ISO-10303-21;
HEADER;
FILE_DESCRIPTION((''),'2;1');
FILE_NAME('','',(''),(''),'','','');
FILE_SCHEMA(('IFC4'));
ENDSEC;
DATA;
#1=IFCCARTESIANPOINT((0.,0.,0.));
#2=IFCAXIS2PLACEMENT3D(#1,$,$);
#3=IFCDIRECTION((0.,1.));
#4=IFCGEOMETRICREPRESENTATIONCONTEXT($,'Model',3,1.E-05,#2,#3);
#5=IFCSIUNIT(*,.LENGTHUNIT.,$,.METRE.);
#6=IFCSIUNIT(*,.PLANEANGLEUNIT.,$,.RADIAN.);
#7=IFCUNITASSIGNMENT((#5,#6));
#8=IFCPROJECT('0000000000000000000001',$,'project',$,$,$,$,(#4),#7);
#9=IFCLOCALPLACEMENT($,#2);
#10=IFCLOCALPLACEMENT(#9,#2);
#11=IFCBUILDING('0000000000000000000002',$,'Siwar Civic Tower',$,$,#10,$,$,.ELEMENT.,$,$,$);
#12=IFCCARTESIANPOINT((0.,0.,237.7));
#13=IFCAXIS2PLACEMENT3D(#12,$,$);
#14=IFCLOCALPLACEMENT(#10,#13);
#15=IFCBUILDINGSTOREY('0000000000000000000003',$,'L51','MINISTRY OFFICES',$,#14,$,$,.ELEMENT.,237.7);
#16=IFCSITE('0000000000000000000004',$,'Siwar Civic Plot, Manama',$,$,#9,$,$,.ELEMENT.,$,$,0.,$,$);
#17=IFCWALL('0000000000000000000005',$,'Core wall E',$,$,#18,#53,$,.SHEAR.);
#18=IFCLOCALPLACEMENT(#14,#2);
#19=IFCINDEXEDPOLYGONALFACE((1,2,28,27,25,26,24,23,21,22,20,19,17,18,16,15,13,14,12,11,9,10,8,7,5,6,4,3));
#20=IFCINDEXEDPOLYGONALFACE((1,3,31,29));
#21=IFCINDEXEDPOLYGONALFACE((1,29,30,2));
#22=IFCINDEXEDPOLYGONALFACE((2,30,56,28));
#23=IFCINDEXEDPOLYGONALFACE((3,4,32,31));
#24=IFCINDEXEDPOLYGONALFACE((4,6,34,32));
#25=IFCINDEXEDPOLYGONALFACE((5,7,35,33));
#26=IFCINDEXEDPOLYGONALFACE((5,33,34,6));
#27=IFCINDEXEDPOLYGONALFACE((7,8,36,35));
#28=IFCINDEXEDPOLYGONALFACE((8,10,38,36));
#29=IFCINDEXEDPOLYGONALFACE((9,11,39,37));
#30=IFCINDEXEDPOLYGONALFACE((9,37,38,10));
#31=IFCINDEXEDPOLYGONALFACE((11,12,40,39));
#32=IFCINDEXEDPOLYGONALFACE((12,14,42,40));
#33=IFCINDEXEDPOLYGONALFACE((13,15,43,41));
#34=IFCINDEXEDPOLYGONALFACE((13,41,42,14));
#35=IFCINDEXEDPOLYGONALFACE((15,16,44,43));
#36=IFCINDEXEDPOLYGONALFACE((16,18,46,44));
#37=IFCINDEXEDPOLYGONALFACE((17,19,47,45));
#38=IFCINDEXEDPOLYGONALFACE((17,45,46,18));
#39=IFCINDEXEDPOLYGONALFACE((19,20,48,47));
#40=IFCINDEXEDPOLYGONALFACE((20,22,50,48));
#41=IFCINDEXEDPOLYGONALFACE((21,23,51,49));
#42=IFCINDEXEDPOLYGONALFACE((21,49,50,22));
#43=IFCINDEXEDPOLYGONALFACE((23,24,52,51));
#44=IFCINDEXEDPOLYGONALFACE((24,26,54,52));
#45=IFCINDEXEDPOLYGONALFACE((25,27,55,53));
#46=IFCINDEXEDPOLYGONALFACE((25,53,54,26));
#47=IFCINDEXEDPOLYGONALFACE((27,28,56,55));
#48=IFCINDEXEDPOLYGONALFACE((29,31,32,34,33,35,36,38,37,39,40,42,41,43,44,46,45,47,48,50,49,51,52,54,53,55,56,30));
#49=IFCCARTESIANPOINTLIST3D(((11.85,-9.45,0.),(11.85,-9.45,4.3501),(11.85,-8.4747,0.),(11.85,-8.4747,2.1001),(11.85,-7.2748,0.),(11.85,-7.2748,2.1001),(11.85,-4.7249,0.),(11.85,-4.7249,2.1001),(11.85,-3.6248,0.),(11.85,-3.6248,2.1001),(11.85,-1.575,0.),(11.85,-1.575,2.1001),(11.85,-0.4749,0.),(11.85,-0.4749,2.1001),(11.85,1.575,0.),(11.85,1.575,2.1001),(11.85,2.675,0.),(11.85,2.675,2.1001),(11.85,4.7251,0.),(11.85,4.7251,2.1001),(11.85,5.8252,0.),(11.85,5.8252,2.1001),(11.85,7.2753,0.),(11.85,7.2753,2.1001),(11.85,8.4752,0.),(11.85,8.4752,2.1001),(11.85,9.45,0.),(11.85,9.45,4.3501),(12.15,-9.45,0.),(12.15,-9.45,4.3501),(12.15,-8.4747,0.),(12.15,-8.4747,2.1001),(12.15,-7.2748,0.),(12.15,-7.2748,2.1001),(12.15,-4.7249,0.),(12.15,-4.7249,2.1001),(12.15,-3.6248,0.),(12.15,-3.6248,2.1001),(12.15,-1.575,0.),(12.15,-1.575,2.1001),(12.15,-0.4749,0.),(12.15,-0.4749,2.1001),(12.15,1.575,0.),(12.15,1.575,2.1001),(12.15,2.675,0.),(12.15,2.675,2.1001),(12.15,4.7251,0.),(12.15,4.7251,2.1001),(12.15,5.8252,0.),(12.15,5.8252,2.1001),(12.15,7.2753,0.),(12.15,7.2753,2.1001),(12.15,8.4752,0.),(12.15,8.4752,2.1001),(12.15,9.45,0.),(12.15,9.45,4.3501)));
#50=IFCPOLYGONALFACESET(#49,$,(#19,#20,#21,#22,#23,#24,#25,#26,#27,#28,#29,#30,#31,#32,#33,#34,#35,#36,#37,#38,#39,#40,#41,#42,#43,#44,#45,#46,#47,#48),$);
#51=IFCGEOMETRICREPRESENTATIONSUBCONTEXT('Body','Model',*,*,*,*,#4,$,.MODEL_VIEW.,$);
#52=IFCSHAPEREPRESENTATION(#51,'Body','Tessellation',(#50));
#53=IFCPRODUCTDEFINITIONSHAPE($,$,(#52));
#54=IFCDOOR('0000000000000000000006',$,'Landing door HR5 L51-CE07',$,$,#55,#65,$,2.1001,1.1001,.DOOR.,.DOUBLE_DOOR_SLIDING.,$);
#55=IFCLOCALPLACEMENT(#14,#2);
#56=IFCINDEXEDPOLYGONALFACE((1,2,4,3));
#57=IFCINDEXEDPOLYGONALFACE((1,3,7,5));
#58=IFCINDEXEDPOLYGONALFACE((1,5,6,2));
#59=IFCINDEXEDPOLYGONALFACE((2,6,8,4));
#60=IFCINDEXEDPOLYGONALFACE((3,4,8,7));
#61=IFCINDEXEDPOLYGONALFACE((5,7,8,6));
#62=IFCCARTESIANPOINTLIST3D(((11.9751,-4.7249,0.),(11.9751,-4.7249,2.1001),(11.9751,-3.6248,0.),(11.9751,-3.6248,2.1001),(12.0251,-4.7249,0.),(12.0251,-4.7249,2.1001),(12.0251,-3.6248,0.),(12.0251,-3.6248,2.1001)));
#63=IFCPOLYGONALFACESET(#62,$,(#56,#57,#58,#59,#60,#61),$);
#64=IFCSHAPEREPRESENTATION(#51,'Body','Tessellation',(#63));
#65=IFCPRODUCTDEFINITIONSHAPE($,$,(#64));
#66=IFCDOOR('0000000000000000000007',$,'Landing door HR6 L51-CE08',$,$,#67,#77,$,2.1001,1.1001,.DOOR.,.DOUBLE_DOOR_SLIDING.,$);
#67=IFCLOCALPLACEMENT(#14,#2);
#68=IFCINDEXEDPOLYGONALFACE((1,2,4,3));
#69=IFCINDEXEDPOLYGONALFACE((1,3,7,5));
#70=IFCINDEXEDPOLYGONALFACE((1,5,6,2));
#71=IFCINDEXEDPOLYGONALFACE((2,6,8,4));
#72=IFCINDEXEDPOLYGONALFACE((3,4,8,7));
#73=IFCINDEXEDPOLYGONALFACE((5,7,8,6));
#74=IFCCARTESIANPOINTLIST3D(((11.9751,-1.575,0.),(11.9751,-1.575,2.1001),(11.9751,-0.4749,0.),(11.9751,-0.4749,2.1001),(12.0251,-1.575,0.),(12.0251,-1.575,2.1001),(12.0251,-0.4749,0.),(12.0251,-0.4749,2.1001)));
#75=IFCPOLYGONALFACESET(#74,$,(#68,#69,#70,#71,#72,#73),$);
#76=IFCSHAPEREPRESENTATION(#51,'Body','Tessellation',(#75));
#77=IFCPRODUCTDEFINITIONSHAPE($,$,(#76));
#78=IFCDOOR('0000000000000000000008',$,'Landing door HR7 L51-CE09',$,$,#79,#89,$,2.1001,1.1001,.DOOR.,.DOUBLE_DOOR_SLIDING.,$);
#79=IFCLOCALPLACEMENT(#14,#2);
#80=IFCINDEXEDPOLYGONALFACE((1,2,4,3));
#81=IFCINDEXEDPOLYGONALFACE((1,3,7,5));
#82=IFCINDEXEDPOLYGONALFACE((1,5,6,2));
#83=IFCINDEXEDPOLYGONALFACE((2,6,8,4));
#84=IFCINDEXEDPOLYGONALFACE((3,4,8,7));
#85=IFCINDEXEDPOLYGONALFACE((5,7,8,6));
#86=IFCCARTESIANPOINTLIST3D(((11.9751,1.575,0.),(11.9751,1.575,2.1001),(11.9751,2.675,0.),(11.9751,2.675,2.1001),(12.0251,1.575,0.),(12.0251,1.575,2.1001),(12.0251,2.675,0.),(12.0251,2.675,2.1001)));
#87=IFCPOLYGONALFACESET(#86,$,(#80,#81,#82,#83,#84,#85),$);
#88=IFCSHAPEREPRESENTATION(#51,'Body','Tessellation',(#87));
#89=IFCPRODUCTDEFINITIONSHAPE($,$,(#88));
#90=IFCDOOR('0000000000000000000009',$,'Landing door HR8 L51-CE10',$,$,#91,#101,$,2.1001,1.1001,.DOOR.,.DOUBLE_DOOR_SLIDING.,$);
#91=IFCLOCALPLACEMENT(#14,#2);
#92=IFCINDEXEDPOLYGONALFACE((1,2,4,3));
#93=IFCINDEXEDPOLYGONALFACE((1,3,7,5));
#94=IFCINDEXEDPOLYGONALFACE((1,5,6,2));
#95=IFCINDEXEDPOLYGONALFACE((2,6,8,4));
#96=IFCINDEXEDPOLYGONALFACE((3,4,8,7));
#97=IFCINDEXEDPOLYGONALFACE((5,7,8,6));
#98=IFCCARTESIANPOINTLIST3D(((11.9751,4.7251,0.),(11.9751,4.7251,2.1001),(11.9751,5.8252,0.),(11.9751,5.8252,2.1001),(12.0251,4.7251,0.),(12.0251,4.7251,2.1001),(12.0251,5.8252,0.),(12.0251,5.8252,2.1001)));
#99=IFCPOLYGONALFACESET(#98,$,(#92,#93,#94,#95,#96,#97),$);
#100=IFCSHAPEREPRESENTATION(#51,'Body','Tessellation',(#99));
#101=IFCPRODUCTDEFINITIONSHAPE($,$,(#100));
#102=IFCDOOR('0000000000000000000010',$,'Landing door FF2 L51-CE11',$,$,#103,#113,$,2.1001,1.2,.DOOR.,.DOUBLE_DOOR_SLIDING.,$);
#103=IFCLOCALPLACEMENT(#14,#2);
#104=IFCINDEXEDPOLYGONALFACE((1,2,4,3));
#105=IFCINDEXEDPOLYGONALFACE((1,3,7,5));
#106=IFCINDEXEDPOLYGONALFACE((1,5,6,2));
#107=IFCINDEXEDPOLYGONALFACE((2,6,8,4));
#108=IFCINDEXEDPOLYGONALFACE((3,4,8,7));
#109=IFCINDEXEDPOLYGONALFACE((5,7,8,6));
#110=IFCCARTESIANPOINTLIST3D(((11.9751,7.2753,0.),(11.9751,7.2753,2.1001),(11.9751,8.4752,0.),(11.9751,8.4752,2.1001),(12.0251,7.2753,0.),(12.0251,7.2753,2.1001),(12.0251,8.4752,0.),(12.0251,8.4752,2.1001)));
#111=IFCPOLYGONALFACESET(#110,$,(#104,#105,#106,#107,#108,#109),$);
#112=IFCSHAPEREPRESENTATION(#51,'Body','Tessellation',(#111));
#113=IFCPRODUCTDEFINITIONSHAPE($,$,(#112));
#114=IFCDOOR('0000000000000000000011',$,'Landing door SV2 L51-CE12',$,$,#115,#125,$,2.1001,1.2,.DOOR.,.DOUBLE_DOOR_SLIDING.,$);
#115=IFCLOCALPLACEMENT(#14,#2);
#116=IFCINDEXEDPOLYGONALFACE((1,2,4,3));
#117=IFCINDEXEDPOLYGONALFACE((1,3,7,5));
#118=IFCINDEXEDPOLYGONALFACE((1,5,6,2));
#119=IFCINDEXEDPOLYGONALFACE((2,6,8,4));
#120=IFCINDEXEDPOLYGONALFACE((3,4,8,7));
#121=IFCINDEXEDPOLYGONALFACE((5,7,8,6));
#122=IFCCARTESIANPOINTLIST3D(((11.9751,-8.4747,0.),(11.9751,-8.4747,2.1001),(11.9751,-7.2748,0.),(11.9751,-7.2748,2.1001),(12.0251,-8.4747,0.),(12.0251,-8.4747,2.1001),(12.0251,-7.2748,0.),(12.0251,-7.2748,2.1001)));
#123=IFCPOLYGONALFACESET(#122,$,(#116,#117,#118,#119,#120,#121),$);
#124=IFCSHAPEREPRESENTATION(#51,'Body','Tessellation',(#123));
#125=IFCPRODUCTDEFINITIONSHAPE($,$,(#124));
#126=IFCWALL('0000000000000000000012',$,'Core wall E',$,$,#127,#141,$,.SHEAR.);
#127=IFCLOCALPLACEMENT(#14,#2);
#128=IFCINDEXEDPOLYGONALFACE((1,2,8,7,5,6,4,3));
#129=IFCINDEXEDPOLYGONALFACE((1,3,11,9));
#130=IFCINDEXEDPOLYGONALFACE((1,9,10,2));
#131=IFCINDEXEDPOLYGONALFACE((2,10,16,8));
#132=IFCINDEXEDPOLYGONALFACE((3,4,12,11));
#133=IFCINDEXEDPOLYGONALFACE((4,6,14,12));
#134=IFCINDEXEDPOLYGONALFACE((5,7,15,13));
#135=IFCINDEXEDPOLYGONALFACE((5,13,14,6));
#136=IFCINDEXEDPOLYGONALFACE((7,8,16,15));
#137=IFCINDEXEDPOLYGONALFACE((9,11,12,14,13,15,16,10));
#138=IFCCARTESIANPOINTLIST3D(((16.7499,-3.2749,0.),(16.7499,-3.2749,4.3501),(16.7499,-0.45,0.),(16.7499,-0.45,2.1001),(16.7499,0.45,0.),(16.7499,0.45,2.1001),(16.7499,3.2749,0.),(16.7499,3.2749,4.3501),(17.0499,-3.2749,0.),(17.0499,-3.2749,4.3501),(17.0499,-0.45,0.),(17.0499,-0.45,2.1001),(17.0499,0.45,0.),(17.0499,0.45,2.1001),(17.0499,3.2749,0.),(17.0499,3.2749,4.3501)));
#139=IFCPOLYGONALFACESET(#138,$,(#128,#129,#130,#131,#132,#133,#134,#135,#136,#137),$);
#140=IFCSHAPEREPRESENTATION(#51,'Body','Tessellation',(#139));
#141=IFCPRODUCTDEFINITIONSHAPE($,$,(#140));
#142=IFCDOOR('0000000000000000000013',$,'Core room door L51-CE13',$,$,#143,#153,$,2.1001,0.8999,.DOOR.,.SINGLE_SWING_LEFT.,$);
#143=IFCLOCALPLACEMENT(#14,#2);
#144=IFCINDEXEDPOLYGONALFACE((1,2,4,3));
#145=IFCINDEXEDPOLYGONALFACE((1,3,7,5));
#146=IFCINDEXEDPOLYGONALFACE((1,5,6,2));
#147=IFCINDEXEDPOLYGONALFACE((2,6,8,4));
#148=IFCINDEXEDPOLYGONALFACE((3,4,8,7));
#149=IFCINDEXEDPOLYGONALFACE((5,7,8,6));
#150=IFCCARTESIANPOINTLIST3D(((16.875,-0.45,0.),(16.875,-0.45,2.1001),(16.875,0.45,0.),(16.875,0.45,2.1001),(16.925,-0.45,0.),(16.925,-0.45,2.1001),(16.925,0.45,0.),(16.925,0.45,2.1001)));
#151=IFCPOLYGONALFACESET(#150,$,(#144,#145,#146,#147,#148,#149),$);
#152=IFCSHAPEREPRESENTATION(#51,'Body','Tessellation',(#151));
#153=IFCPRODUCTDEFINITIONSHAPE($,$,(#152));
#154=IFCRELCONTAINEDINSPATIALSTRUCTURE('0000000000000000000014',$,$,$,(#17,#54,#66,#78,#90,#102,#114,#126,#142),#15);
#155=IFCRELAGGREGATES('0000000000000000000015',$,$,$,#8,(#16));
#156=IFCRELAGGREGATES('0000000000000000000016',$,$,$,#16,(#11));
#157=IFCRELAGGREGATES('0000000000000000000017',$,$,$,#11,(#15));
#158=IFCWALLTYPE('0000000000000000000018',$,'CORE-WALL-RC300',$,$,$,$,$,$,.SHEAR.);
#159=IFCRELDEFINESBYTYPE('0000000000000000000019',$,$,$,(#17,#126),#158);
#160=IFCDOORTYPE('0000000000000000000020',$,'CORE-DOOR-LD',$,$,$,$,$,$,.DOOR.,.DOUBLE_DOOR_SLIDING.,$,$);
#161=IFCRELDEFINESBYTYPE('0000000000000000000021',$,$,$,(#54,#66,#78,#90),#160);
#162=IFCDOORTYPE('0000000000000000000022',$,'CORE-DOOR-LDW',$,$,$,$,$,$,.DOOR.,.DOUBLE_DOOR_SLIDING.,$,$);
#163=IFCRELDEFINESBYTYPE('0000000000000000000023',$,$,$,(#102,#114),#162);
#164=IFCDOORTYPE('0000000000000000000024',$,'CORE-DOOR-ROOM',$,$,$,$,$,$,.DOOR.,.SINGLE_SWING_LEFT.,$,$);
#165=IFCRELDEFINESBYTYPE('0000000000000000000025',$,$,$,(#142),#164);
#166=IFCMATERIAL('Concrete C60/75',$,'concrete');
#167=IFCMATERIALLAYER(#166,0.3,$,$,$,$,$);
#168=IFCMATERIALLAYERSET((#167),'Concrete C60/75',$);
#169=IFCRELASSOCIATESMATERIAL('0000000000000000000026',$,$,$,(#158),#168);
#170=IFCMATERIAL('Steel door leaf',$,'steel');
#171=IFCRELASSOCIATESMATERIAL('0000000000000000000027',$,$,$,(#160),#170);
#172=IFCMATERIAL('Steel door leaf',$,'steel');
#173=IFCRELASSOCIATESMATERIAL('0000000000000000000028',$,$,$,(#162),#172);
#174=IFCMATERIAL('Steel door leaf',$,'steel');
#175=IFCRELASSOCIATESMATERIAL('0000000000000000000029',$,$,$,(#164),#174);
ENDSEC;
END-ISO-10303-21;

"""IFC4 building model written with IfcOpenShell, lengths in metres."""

from ifc_helpers import new_model, si_unit, direction, frame, frame_2d, origin, place, context, subcontext, project, spatial, rectangle, extrude, material, layer, layer_set, type_object, element, fill, save


model = new_model("IFC4")

# Units and contexts
model_context = context("Model", 3, precision=1e-05, world=origin(), true_north=direction((0.0, 1.0)))
body_context = subcontext(model_context, "Body", "Model", "MODEL_VIEW")
ifc_project = project(units=[si_unit("LENGTHUNIT", "METRE"), si_unit("PLANEANGLEUNIT", "RADIAN")], contexts=[model_context])

# Site, building, storey
site_placement = place(None, origin())
site = spatial("IfcSite", under=ifc_project, at=site_placement, Name="Siwar Civic Plot, Manama", CompositionType="ELEMENT", RefElevation=0.0)
building_placement = place(site_placement, origin())
building = spatial("IfcBuilding", under=site, at=building_placement, Name="Siwar Civic Tower", CompositionType="ELEMENT")
storey_placement = place(building_placement, frame((0.0, 0.0, 237.7)))
storey = spatial("IfcBuildingStorey", under=building, at=storey_placement, Name="L51", Description="MINISTRY OFFICES", CompositionType="ELEMENT", Elevation=237.7)

# Wall, openings, doors
ifc_material_1 = material(Name="Concrete C60/75", Category="concrete")
ifc_layer_1 = layer(ifc_material_1, 0.3)
ifc_layer_set_1 = layer_set([ifc_layer_1], Name="Concrete C60/75")
wall_type_1 = type_object("IfcWallType", Name="CORE-WALL-RC300", PredefinedType="SHEAR", material=ifc_layer_set_1)
wall_1_placement = place(storey_placement, frame((12.0, -9.45, 0.0), z_axis=(0.0, 0.0, 1.0), x_axis=(0.0, 1.0, 0.0)))
wall_1 = element("IfcWall", 1, at=wall_1_placement, inside=storey, type_object=wall_type_1, Name="Core wall E", PredefinedType="SHEAR", context=body_context, shape_type="SweptSolid", body=[
    extrude(rectangle(XDim=18.8999, YDim=0.3, at=frame_2d((9.45, 0.0))), origin(), (0.0, 0.0, 1.0), 4.3501),
])
opening_1_placement = place(wall_1_placement, frame((4.7251, 0.0, 0.0)))
opening_1 = element("IfcOpeningElement", 2, at=opening_1_placement, cuts=wall_1, PredefinedType="OPENING", context=body_context, shape_type="SweptSolid", body=[
    extrude(rectangle(XDim=1.1001, YDim=2.1001, at=frame_2d((0.55, 1.05))), frame((0.0, 0.1602, 0.0), z_axis=(0.0, -1.0, 0.0), x_axis=(1.0, 0.0, 0.0)), (0.0, 0.0, 1.0), 0.3201),
])
opening_2_placement = place(wall_1_placement, frame((7.875, 0.0, 0.0)))
opening_2 = element("IfcOpeningElement", 3, at=opening_2_placement, cuts=wall_1, PredefinedType="OPENING", context=body_context, shape_type="SweptSolid", body=[
    extrude(rectangle(XDim=1.1001, YDim=2.1001, at=frame_2d((0.55, 1.05))), frame((0.0, 0.1602, 0.0), z_axis=(0.0, -1.0, 0.0), x_axis=(1.0, 0.0, 0.0)), (0.0, 0.0, 1.0), 0.3201),
])
opening_3_placement = place(wall_1_placement, frame((11.0249, 0.0, 0.0)))
opening_3 = element("IfcOpeningElement", 4, at=opening_3_placement, cuts=wall_1, PredefinedType="OPENING", context=body_context, shape_type="SweptSolid", body=[
    extrude(rectangle(XDim=1.1001, YDim=2.1001, at=frame_2d((0.55, 1.05))), frame((0.0, 0.1602, 0.0), z_axis=(0.0, -1.0, 0.0), x_axis=(1.0, 0.0, 0.0)), (0.0, 0.0, 1.0), 0.3201),
])
opening_4_placement = place(wall_1_placement, frame((14.175, 0.0, 0.0)))
opening_4 = element("IfcOpeningElement", 5, at=opening_4_placement, cuts=wall_1, PredefinedType="OPENING", context=body_context, shape_type="SweptSolid", body=[
    extrude(rectangle(XDim=1.1001, YDim=2.1001, at=frame_2d((0.55, 1.05))), frame((0.0, 0.1602, 0.0), z_axis=(0.0, -1.0, 0.0), x_axis=(1.0, 0.0, 0.0)), (0.0, 0.0, 1.0), 0.3201),
])
opening_5_placement = place(wall_1_placement, frame((16.7251, 0.0, 0.0)))
opening_5 = element("IfcOpeningElement", 6, at=opening_5_placement, cuts=wall_1, PredefinedType="OPENING", context=body_context, shape_type="SweptSolid", body=[
    extrude(rectangle(XDim=1.2, YDim=2.1001, at=frame_2d((0.6001, 1.05))), frame((0.0, 0.1602, 0.0), z_axis=(0.0, -1.0, 0.0), x_axis=(1.0, 0.0, 0.0)), (0.0, 0.0, 1.0), 0.3201),
])
opening_6_placement = place(wall_1_placement, frame((0.9751, 0.0, 0.0)))
opening_6 = element("IfcOpeningElement", 7, at=opening_6_placement, cuts=wall_1, PredefinedType="OPENING", context=body_context, shape_type="SweptSolid", body=[
    extrude(rectangle(XDim=1.2, YDim=2.1001, at=frame_2d((0.6001, 1.05))), frame((0.0, 0.1602, 0.0), z_axis=(0.0, -1.0, 0.0), x_axis=(1.0, 0.0, 0.0)), (0.0, 0.0, 1.0), 0.3201),
])
ifc_material_2 = material(Name="Steel door leaf", Category="steel")
door_type_1 = type_object("IfcDoorType", Name="CORE-DOOR-LD", OperationType="DOUBLE_DOOR_SLIDING", PredefinedType="DOOR", material=ifc_material_2)
door_1_placement = place(opening_1_placement, origin())
door_1 = element("IfcDoor", 8, at=door_1_placement, inside=storey, type_object=door_type_1, Name="Landing door HR5 L51-CE07", OperationType="DOUBLE_DOOR_SLIDING", OverallHeight=2.1001, OverallWidth=1.1001, PredefinedType="DOOR", context=body_context, shape_type="SweptSolid", body=[
    extrude(rectangle(XDim=1.1001, YDim=2.1001, at=frame_2d((0.55, 1.05))), frame((0.0, 0.0249, 0.0), z_axis=(0.0, -1.0, 0.0), x_axis=(1.0, 0.0, 0.0)), (0.0, 0.0, 1.0), 0.05),
])
fill(opening_1, door_1)
door_2_placement = place(opening_2_placement, origin())
door_2 = element("IfcDoor", 9, at=door_2_placement, inside=storey, type_object=door_type_1, Name="Landing door HR6 L51-CE08", OperationType="DOUBLE_DOOR_SLIDING", OverallHeight=2.1001, OverallWidth=1.1001, PredefinedType="DOOR", context=body_context, shape_type="SweptSolid", body=[
    extrude(rectangle(XDim=1.1001, YDim=2.1001, at=frame_2d((0.55, 1.05))), frame((0.0, 0.0249, 0.0), z_axis=(0.0, -1.0, 0.0), x_axis=(1.0, 0.0, 0.0)), (0.0, 0.0, 1.0), 0.05),
])
fill(opening_2, door_2)
door_3_placement = place(opening_3_placement, origin())
door_3 = element("IfcDoor", 10, at=door_3_placement, inside=storey, type_object=door_type_1, Name="Landing door HR7 L51-CE09", OperationType="DOUBLE_DOOR_SLIDING", OverallHeight=2.1001, OverallWidth=1.1001, PredefinedType="DOOR", context=body_context, shape_type="SweptSolid", body=[
    extrude(rectangle(XDim=1.1001, YDim=2.1001, at=frame_2d((0.55, 1.05))), frame((0.0, 0.0249, 0.0), z_axis=(0.0, -1.0, 0.0), x_axis=(1.0, 0.0, 0.0)), (0.0, 0.0, 1.0), 0.05),
])
fill(opening_3, door_3)
door_4_placement = place(opening_4_placement, origin())
door_4 = element("IfcDoor", 11, at=door_4_placement, inside=storey, type_object=door_type_1, Name="Landing door HR8 L51-CE10", OperationType="DOUBLE_DOOR_SLIDING", OverallHeight=2.1001, OverallWidth=1.1001, PredefinedType="DOOR", context=body_context, shape_type="SweptSolid", body=[
    extrude(rectangle(XDim=1.1001, YDim=2.1001, at=frame_2d((0.55, 1.05))), frame((0.0, 0.0249, 0.0), z_axis=(0.0, -1.0, 0.0), x_axis=(1.0, 0.0, 0.0)), (0.0, 0.0, 1.0), 0.05),
])
fill(opening_4, door_4)
ifc_material_3 = material(Name="Steel door leaf", Category="steel")
door_type_2 = type_object("IfcDoorType", Name="CORE-DOOR-LDW", OperationType="DOUBLE_DOOR_SLIDING", PredefinedType="DOOR", material=ifc_material_3)
door_5_placement = place(opening_5_placement, origin())
door_5 = element("IfcDoor", 12, at=door_5_placement, inside=storey, type_object=door_type_2, Name="Landing door FF2 L51-CE11", OperationType="DOUBLE_DOOR_SLIDING", OverallHeight=2.1001, OverallWidth=1.2, PredefinedType="DOOR", context=body_context, shape_type="SweptSolid", body=[
    extrude(rectangle(XDim=1.2, YDim=2.1001, at=frame_2d((0.6001, 1.05))), frame((0.0, 0.0249, 0.0), z_axis=(0.0, -1.0, 0.0), x_axis=(1.0, 0.0, 0.0)), (0.0, 0.0, 1.0), 0.05),
])
fill(opening_5, door_5)
door_6_placement = place(opening_6_placement, origin())
door_6 = element("IfcDoor", 13, at=door_6_placement, inside=storey, type_object=door_type_2, Name="Landing door SV2 L51-CE12", OperationType="DOUBLE_DOOR_SLIDING", OverallHeight=2.1001, OverallWidth=1.2, PredefinedType="DOOR", context=body_context, shape_type="SweptSolid", body=[
    extrude(rectangle(XDim=1.2, YDim=2.1001, at=frame_2d((0.6001, 1.05))), frame((0.0, 0.0249, 0.0), z_axis=(0.0, -1.0, 0.0), x_axis=(1.0, 0.0, 0.0)), (0.0, 0.0, 1.0), 0.05),
])
fill(opening_6, door_6)

# Wall, opening, door
wall_2_placement = place(storey_placement, frame((16.8999, -3.2749, 0.0), z_axis=(0.0, 0.0, 1.0), x_axis=(0.0, 1.0, 0.0)))
wall_2 = element("IfcWall", 14, at=wall_2_placement, inside=storey, type_object=wall_type_1, Name="Core wall E", PredefinedType="SHEAR", context=body_context, shape_type="SweptSolid", body=[
    extrude(rectangle(XDim=6.5498, YDim=0.3, at=frame_2d((3.2749, 0.0))), origin(), (0.0, 0.0, 1.0), 4.3501),
])
opening_7_placement = place(wall_2_placement, frame((2.825, 0.0, 0.0)))
opening_7 = element("IfcOpeningElement", 15, at=opening_7_placement, cuts=wall_2, PredefinedType="OPENING", context=body_context, shape_type="SweptSolid", body=[
    extrude(rectangle(XDim=0.8999, YDim=2.1001, at=frame_2d((0.45, 1.05))), frame((0.0, 0.1602, 0.0), z_axis=(0.0, -1.0, 0.0), x_axis=(1.0, 0.0, 0.0)), (0.0, 0.0, 1.0), 0.3201),
])
ifc_material_4 = material(Name="Steel door leaf", Category="steel")
door_type_3 = type_object("IfcDoorType", Name="CORE-DOOR-ROOM", OperationType="SINGLE_SWING_LEFT", PredefinedType="DOOR", material=ifc_material_4)
door_7_placement = place(opening_7_placement, origin())
door_7 = element("IfcDoor", 16, at=door_7_placement, inside=storey, type_object=door_type_3, Name="Core room door L51-CE13", OperationType="SINGLE_SWING_LEFT", OverallHeight=2.1001, OverallWidth=0.8999, PredefinedType="DOOR", context=body_context, shape_type="SweptSolid", body=[
    extrude(rectangle(XDim=0.8999, YDim=2.1001, at=frame_2d((0.45, 1.05))), frame((0.0, 0.0249, 0.0), z_axis=(0.0, -1.0, 0.0), x_axis=(1.0, 0.0, 0.0)), (0.0, 0.0, 1.0), 0.05),
])
fill(opening_7, door_7)

save(model, "model.ifc")
